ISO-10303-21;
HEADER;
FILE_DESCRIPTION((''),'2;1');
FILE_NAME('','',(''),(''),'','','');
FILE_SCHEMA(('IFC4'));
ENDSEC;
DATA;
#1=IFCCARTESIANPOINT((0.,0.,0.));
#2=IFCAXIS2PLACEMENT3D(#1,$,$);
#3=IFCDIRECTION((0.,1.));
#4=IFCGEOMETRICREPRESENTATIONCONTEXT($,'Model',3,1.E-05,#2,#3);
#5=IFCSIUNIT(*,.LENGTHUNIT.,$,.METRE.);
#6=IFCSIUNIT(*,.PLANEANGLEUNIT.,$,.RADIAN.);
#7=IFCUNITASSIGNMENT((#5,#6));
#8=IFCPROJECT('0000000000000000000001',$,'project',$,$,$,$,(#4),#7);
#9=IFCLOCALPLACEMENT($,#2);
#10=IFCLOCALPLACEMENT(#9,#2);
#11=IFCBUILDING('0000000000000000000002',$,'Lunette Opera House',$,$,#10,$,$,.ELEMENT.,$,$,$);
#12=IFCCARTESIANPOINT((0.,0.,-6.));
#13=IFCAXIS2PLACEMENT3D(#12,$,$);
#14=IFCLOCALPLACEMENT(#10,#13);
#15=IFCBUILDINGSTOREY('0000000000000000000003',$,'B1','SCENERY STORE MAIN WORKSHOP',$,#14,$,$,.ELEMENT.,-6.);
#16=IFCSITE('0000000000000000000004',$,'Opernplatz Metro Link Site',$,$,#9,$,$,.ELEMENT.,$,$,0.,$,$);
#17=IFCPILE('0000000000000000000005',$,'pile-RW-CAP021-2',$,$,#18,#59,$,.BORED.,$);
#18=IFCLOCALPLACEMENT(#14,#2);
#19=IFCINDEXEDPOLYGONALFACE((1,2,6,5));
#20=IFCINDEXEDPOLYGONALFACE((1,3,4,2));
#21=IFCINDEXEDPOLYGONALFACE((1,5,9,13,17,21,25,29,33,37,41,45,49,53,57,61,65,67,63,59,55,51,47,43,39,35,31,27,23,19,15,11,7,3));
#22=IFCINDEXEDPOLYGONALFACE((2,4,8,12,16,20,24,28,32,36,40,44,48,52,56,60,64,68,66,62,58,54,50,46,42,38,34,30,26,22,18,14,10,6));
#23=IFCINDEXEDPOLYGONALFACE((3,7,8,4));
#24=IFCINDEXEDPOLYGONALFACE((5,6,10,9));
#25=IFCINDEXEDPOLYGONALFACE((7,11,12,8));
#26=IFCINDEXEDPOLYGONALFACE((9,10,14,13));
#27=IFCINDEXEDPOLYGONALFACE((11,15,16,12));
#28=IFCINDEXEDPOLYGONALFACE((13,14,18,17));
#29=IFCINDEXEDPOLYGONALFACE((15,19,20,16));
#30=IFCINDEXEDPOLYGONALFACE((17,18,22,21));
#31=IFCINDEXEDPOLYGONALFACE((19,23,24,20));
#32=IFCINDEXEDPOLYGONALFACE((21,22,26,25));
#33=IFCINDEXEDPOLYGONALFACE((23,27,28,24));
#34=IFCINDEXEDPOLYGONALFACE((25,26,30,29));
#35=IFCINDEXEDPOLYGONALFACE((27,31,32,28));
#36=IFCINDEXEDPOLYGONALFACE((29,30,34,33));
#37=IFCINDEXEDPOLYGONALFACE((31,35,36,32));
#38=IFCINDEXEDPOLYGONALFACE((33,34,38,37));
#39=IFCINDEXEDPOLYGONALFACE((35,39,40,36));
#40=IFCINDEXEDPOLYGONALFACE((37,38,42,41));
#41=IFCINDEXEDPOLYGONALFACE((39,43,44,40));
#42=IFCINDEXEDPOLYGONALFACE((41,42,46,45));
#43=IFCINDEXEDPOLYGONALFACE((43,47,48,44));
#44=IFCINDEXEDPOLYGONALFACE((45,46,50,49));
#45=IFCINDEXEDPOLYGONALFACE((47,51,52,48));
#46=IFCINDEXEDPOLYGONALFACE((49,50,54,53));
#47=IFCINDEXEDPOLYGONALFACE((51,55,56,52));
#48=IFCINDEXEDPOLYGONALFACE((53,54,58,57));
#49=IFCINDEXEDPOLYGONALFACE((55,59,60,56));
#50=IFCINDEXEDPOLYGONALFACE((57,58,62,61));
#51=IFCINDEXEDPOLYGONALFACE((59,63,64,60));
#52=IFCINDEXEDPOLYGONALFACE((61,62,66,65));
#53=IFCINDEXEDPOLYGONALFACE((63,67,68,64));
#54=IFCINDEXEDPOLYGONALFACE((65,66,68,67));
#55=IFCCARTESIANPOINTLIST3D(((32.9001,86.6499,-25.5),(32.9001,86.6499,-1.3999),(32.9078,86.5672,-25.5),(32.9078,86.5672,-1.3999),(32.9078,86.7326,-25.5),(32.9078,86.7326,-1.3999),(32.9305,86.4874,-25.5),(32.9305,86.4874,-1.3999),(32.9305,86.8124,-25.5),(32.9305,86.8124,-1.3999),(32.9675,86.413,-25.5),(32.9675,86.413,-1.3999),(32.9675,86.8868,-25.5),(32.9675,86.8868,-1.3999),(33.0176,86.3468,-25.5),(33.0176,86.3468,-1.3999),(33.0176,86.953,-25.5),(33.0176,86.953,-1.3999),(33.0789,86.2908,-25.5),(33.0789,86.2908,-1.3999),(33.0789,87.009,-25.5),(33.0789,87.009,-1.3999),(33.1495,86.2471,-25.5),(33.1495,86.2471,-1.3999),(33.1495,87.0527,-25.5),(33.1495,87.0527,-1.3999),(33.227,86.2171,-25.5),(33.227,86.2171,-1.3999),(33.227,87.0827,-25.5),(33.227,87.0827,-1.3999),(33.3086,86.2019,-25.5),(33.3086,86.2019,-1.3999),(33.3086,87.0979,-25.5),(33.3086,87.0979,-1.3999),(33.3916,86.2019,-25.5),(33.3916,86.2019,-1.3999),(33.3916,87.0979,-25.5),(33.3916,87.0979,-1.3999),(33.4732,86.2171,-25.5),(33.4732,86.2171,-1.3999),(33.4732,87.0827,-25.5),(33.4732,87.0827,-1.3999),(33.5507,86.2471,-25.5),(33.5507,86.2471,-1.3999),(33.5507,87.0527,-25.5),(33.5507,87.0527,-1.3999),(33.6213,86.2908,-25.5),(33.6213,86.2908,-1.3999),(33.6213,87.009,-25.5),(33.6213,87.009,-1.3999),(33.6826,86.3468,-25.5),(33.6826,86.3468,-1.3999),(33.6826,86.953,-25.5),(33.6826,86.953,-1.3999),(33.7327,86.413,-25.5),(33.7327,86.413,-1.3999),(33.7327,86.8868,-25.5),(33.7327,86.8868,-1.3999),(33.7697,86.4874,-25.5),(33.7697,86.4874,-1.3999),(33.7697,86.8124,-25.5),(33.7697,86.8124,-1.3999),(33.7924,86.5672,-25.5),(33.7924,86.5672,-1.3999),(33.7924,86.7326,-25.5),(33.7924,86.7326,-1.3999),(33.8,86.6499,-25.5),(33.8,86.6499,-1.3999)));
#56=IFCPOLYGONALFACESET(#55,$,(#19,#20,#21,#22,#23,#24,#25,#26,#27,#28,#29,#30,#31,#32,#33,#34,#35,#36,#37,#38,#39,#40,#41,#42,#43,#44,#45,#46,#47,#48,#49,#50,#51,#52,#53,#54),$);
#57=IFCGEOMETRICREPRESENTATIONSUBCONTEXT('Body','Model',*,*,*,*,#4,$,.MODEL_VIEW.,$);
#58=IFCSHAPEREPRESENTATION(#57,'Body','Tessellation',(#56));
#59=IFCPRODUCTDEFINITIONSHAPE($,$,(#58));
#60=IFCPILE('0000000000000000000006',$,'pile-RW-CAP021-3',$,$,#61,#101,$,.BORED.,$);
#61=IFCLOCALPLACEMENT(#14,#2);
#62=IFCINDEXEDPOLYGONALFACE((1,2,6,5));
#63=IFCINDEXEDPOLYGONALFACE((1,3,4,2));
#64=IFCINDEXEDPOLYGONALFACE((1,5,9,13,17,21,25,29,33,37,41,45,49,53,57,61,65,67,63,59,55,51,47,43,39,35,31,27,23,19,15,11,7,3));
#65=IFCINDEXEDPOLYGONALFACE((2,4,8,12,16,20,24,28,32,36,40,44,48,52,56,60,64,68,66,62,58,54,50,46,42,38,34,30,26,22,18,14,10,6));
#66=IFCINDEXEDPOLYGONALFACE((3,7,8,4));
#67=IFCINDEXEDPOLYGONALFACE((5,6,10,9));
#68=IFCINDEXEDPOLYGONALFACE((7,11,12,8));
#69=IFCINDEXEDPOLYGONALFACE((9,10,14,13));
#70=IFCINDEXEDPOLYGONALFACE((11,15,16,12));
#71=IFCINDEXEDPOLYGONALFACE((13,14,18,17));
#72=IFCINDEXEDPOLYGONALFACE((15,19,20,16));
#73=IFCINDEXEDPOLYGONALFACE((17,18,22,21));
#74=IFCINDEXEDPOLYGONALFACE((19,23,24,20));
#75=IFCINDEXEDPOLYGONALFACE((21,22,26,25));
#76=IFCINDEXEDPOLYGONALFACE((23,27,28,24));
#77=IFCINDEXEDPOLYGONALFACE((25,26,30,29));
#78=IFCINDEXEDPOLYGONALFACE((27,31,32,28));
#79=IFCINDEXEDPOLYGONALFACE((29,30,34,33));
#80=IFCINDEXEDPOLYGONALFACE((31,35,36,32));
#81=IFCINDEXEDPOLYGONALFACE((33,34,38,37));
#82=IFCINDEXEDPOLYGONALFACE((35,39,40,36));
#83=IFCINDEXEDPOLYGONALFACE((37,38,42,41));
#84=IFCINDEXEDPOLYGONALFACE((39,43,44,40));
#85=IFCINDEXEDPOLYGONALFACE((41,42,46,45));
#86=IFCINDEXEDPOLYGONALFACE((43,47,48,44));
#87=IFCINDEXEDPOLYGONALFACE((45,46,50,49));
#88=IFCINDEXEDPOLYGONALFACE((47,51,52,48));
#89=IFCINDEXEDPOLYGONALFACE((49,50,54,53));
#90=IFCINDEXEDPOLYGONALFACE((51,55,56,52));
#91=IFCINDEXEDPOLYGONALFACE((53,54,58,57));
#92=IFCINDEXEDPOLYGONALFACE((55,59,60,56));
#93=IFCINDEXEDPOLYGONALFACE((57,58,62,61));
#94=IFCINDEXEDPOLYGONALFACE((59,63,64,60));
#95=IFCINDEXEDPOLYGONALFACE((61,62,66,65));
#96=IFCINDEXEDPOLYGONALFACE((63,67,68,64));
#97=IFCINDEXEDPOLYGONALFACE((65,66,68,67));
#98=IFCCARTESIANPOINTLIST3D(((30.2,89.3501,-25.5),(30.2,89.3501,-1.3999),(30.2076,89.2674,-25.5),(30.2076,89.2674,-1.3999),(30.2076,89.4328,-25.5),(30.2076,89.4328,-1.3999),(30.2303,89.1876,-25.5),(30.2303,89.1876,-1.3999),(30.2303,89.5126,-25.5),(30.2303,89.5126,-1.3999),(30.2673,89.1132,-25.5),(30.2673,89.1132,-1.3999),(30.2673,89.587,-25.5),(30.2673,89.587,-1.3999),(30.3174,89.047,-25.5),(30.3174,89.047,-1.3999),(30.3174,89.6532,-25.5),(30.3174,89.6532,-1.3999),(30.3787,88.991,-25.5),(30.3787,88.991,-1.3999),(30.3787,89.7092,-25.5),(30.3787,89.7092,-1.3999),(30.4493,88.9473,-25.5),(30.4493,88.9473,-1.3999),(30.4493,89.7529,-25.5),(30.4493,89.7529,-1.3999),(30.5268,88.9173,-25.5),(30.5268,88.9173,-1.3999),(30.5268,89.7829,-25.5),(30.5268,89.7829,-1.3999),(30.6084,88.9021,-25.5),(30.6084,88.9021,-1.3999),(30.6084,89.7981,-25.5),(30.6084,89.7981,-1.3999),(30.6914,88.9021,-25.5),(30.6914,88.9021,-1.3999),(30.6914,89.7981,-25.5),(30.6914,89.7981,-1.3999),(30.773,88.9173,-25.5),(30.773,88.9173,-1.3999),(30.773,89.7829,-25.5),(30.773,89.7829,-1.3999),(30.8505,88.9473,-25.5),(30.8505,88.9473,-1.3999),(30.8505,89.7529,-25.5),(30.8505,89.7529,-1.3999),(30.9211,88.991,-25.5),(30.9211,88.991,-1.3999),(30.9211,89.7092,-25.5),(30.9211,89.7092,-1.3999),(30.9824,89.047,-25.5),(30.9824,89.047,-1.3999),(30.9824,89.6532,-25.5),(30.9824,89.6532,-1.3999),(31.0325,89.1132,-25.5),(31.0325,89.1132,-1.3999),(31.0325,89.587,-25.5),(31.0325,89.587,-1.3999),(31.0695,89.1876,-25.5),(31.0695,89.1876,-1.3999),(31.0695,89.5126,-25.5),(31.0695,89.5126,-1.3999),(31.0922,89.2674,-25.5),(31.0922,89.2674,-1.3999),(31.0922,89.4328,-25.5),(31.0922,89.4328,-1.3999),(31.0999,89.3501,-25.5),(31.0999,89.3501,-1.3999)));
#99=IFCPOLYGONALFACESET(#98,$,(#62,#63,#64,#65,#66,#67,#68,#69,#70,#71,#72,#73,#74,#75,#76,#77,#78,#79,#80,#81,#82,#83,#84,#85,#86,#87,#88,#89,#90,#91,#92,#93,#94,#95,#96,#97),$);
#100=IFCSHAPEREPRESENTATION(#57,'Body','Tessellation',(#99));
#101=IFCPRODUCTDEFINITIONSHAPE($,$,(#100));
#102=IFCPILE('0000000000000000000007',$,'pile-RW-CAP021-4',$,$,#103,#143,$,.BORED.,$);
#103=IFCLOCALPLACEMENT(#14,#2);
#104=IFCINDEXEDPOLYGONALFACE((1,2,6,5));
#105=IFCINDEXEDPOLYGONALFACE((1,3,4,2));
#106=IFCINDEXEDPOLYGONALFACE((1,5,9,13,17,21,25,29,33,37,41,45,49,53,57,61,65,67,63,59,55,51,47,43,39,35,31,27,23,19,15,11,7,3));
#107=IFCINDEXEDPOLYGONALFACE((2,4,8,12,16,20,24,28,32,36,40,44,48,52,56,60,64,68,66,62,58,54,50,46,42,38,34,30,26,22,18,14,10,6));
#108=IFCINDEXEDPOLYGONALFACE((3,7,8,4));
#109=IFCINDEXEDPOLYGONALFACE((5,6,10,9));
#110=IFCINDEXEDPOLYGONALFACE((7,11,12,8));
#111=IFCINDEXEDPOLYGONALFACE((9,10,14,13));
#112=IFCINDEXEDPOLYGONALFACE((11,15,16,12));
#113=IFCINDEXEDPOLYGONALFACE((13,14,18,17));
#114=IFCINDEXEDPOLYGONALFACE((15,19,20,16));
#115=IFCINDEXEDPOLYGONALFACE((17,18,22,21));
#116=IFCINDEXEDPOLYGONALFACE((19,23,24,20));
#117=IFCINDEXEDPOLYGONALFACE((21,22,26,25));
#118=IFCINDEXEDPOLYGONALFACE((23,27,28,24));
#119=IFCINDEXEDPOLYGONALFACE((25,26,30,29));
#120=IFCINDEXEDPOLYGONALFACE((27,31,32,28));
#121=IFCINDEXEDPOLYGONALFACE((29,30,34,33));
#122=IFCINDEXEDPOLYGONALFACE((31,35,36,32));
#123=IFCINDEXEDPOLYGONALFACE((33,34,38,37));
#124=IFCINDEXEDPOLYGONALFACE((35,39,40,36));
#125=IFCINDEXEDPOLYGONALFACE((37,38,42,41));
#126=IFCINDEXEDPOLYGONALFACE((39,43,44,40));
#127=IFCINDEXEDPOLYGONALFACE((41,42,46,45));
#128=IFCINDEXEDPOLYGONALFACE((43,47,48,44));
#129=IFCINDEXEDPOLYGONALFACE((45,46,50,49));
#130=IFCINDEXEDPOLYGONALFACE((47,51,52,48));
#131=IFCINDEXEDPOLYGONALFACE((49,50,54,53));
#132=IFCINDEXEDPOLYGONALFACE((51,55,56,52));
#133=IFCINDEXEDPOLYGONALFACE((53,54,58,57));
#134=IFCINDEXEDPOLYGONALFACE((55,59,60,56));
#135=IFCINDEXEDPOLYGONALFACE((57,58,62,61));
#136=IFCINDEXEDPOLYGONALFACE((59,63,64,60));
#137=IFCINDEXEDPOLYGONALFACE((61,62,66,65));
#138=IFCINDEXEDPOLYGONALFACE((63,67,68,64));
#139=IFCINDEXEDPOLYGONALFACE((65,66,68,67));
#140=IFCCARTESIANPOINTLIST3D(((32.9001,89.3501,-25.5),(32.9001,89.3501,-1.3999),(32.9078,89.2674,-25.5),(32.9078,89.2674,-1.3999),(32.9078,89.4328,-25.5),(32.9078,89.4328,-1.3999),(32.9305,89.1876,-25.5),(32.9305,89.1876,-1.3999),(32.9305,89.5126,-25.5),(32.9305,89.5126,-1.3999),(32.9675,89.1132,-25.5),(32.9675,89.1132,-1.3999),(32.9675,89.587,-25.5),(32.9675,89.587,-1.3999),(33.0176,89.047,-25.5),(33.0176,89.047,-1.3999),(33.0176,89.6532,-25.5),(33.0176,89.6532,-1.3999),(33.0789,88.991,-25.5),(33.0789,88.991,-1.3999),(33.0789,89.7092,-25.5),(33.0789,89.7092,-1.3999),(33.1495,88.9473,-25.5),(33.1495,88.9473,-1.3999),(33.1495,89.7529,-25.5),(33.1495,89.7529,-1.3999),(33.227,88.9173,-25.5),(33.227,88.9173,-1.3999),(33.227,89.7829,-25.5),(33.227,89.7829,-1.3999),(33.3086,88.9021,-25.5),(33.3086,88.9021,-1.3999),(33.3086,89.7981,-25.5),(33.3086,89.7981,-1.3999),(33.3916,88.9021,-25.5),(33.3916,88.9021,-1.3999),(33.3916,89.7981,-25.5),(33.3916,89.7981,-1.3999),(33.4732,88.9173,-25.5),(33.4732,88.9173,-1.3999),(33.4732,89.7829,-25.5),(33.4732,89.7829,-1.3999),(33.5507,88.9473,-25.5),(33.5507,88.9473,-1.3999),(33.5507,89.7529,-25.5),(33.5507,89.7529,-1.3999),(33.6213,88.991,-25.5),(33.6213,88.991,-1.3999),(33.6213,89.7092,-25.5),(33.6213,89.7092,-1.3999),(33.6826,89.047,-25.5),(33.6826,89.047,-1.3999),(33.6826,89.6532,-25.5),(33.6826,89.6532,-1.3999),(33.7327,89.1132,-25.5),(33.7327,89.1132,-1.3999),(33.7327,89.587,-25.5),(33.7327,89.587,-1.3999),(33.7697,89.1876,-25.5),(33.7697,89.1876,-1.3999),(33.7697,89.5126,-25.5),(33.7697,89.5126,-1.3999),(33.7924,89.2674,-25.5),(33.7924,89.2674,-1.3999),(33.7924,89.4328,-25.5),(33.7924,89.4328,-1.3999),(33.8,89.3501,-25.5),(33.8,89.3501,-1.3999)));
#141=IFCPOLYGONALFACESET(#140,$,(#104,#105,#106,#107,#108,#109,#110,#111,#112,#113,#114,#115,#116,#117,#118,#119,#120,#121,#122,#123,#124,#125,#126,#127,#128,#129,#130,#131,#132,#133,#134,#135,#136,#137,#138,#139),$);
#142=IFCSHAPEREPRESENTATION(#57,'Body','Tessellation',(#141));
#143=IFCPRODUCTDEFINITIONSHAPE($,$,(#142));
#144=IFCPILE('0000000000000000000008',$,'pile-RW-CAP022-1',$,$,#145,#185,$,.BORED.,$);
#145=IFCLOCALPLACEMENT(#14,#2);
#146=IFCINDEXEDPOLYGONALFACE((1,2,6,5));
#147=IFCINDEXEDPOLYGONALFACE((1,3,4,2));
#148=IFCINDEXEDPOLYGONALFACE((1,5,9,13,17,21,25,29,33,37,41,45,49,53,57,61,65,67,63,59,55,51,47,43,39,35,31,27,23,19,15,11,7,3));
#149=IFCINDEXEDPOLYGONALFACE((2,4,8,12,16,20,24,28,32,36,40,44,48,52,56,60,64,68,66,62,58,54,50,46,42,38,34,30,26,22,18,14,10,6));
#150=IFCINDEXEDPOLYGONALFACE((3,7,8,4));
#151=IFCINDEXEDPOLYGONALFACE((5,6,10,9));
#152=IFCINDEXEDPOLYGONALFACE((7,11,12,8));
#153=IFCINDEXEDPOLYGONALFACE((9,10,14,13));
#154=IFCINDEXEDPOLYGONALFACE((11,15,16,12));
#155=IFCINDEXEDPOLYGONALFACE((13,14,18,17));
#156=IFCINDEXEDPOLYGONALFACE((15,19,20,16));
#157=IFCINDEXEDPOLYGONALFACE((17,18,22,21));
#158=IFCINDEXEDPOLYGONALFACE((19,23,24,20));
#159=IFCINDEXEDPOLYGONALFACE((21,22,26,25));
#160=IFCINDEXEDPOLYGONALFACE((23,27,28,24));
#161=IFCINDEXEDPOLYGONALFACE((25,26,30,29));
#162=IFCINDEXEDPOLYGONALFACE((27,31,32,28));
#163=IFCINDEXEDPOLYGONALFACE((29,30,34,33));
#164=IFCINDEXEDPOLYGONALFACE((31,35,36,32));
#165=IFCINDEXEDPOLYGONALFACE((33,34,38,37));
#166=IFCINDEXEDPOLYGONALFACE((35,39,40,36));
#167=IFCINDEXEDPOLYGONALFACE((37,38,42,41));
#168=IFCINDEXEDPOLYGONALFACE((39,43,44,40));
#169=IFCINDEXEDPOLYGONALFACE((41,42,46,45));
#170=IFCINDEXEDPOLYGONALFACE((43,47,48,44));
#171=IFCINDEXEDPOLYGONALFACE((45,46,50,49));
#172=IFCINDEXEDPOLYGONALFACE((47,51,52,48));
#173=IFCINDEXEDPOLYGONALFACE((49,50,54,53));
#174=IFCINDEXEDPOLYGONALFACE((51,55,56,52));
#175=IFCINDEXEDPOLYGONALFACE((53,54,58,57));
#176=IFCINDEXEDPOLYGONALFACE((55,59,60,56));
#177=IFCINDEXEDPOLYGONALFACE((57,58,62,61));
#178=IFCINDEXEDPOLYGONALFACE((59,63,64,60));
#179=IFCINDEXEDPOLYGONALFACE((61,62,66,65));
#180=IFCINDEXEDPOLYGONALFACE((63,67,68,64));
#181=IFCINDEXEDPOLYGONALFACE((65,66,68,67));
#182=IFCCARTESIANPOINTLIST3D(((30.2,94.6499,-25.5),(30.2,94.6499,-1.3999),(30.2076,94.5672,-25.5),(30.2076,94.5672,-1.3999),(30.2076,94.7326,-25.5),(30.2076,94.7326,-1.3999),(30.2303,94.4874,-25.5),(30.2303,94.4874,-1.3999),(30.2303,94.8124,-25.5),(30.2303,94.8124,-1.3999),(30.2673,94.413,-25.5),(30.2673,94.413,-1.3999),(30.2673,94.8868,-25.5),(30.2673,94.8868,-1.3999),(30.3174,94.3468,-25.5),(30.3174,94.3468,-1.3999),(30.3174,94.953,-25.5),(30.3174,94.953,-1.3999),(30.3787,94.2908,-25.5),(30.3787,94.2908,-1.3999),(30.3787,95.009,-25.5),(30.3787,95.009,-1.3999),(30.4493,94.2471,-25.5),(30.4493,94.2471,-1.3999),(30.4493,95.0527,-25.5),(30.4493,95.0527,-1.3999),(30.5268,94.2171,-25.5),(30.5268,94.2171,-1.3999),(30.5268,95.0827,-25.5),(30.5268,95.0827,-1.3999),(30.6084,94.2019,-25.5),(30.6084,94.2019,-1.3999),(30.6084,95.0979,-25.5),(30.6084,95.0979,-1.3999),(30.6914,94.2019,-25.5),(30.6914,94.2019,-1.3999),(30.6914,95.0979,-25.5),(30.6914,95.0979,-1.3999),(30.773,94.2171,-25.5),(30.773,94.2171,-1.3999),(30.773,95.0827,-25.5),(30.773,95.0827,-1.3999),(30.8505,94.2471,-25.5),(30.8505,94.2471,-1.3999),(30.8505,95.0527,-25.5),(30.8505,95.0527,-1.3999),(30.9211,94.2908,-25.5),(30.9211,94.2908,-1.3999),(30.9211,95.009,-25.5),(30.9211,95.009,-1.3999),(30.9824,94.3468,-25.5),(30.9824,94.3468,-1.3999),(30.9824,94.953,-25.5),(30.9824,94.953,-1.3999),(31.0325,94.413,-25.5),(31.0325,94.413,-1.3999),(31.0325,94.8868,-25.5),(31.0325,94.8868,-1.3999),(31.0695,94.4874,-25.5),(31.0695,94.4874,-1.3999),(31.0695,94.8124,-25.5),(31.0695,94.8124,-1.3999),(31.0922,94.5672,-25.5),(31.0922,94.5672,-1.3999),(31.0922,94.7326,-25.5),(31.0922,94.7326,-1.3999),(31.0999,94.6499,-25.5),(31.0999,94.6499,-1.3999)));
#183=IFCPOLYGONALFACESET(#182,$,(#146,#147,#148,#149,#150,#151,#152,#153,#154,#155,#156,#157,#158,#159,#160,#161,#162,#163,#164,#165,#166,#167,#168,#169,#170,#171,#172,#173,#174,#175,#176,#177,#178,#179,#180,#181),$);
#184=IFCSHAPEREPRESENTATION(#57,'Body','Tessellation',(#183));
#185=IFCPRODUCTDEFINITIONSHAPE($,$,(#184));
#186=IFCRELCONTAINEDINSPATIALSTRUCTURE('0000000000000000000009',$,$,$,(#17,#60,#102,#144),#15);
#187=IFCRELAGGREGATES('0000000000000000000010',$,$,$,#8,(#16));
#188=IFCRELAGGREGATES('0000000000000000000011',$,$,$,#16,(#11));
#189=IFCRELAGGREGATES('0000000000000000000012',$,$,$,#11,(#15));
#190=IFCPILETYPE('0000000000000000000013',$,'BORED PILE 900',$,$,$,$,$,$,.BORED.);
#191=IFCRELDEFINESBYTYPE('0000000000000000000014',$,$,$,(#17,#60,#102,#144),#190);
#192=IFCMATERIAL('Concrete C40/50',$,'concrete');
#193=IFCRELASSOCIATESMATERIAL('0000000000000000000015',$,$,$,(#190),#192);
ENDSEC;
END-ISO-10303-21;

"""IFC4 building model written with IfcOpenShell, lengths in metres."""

from ifc_helpers import new_model, si_unit, direction, frame, origin, origin_2d, place, context, subcontext, project, spatial, circle, extrude, material, material_profile, profile_set, type_object, element, save


model = new_model("IFC4")

# Units and contexts
model_context = context("Model", 3, precision=1e-05, world=origin(), true_north=direction((0.0, 1.0)))
body_context = subcontext(model_context, "Body", "Model", "MODEL_VIEW")
ifc_project = project(units=[si_unit("LENGTHUNIT", "METRE"), si_unit("PLANEANGLEUNIT", "RADIAN")], contexts=[model_context])

# Site, building, storey
site_placement = place(None, origin())
site = spatial("IfcSite", under=ifc_project, at=site_placement, Name="Opernplatz Metro Link Site", CompositionType="ELEMENT", RefElevation=0.0)
building_placement = place(site_placement, origin())
building = spatial("IfcBuilding", under=site, at=building_placement, Name="Lunette Opera House", CompositionType="ELEMENT")
storey_placement = place(building_placement, frame((0.0, 0.0, -6.0)))
storey = spatial("IfcBuildingStorey", under=building, at=storey_placement, Name="B1", Description="SCENERY STORE MAIN WORKSHOP", CompositionType="ELEMENT", Elevation=-6.0)

# Piles
ifc_material_1 = material(Name="Concrete C40/50", Category="concrete")
ifc_material_profile_1 = material_profile(ifc_material_1, circle(Radius=0.45, at=origin_2d()), Name="BORED PILE 900")
ifc_profile_set_1 = profile_set([ifc_material_profile_1], Name="Concrete C40/50")
pile_type = type_object("IfcPileType", Name="BORED PILE 900", PredefinedType="BORED", material=ifc_profile_set_1)
for number, where, z_axis, x_axis, name in (
    (1, (33.3501, 86.6499, -1.3999), (0.0, 0.0, -1.0), (1.0, 0.0, 0.0), "pile-RW-CAP021-2"),
    (2, (30.6499, 89.3501, -1.3999), (0.0, 0.0, -1.0), (1.0, 0.0, 0.0), "pile-RW-CAP021-3"),
    (3, (33.3501, 89.3501, -1.3999), (0.0, 0.0, -1.0), (1.0, 0.0, 0.0), "pile-RW-CAP021-4"),
    (4, (30.6499, 94.6499, -1.3999), (0.0, 0.0, -1.0), (1.0, 0.0, 0.0), "pile-RW-CAP022-1"),
):
    element("IfcPile", number, at=place(storey_placement, frame(where, z_axis=z_axis, x_axis=x_axis)), inside=storey, type_object=pile_type, Name=name, PredefinedType="BORED", context=body_context, shape_type="SweptSolid", body=[
        extrude(circle(Radius=0.45, at=origin_2d()), origin(), (0.0, 0.0, 1.0), 24.1001),
    ])

save(model, "model.ifc")
